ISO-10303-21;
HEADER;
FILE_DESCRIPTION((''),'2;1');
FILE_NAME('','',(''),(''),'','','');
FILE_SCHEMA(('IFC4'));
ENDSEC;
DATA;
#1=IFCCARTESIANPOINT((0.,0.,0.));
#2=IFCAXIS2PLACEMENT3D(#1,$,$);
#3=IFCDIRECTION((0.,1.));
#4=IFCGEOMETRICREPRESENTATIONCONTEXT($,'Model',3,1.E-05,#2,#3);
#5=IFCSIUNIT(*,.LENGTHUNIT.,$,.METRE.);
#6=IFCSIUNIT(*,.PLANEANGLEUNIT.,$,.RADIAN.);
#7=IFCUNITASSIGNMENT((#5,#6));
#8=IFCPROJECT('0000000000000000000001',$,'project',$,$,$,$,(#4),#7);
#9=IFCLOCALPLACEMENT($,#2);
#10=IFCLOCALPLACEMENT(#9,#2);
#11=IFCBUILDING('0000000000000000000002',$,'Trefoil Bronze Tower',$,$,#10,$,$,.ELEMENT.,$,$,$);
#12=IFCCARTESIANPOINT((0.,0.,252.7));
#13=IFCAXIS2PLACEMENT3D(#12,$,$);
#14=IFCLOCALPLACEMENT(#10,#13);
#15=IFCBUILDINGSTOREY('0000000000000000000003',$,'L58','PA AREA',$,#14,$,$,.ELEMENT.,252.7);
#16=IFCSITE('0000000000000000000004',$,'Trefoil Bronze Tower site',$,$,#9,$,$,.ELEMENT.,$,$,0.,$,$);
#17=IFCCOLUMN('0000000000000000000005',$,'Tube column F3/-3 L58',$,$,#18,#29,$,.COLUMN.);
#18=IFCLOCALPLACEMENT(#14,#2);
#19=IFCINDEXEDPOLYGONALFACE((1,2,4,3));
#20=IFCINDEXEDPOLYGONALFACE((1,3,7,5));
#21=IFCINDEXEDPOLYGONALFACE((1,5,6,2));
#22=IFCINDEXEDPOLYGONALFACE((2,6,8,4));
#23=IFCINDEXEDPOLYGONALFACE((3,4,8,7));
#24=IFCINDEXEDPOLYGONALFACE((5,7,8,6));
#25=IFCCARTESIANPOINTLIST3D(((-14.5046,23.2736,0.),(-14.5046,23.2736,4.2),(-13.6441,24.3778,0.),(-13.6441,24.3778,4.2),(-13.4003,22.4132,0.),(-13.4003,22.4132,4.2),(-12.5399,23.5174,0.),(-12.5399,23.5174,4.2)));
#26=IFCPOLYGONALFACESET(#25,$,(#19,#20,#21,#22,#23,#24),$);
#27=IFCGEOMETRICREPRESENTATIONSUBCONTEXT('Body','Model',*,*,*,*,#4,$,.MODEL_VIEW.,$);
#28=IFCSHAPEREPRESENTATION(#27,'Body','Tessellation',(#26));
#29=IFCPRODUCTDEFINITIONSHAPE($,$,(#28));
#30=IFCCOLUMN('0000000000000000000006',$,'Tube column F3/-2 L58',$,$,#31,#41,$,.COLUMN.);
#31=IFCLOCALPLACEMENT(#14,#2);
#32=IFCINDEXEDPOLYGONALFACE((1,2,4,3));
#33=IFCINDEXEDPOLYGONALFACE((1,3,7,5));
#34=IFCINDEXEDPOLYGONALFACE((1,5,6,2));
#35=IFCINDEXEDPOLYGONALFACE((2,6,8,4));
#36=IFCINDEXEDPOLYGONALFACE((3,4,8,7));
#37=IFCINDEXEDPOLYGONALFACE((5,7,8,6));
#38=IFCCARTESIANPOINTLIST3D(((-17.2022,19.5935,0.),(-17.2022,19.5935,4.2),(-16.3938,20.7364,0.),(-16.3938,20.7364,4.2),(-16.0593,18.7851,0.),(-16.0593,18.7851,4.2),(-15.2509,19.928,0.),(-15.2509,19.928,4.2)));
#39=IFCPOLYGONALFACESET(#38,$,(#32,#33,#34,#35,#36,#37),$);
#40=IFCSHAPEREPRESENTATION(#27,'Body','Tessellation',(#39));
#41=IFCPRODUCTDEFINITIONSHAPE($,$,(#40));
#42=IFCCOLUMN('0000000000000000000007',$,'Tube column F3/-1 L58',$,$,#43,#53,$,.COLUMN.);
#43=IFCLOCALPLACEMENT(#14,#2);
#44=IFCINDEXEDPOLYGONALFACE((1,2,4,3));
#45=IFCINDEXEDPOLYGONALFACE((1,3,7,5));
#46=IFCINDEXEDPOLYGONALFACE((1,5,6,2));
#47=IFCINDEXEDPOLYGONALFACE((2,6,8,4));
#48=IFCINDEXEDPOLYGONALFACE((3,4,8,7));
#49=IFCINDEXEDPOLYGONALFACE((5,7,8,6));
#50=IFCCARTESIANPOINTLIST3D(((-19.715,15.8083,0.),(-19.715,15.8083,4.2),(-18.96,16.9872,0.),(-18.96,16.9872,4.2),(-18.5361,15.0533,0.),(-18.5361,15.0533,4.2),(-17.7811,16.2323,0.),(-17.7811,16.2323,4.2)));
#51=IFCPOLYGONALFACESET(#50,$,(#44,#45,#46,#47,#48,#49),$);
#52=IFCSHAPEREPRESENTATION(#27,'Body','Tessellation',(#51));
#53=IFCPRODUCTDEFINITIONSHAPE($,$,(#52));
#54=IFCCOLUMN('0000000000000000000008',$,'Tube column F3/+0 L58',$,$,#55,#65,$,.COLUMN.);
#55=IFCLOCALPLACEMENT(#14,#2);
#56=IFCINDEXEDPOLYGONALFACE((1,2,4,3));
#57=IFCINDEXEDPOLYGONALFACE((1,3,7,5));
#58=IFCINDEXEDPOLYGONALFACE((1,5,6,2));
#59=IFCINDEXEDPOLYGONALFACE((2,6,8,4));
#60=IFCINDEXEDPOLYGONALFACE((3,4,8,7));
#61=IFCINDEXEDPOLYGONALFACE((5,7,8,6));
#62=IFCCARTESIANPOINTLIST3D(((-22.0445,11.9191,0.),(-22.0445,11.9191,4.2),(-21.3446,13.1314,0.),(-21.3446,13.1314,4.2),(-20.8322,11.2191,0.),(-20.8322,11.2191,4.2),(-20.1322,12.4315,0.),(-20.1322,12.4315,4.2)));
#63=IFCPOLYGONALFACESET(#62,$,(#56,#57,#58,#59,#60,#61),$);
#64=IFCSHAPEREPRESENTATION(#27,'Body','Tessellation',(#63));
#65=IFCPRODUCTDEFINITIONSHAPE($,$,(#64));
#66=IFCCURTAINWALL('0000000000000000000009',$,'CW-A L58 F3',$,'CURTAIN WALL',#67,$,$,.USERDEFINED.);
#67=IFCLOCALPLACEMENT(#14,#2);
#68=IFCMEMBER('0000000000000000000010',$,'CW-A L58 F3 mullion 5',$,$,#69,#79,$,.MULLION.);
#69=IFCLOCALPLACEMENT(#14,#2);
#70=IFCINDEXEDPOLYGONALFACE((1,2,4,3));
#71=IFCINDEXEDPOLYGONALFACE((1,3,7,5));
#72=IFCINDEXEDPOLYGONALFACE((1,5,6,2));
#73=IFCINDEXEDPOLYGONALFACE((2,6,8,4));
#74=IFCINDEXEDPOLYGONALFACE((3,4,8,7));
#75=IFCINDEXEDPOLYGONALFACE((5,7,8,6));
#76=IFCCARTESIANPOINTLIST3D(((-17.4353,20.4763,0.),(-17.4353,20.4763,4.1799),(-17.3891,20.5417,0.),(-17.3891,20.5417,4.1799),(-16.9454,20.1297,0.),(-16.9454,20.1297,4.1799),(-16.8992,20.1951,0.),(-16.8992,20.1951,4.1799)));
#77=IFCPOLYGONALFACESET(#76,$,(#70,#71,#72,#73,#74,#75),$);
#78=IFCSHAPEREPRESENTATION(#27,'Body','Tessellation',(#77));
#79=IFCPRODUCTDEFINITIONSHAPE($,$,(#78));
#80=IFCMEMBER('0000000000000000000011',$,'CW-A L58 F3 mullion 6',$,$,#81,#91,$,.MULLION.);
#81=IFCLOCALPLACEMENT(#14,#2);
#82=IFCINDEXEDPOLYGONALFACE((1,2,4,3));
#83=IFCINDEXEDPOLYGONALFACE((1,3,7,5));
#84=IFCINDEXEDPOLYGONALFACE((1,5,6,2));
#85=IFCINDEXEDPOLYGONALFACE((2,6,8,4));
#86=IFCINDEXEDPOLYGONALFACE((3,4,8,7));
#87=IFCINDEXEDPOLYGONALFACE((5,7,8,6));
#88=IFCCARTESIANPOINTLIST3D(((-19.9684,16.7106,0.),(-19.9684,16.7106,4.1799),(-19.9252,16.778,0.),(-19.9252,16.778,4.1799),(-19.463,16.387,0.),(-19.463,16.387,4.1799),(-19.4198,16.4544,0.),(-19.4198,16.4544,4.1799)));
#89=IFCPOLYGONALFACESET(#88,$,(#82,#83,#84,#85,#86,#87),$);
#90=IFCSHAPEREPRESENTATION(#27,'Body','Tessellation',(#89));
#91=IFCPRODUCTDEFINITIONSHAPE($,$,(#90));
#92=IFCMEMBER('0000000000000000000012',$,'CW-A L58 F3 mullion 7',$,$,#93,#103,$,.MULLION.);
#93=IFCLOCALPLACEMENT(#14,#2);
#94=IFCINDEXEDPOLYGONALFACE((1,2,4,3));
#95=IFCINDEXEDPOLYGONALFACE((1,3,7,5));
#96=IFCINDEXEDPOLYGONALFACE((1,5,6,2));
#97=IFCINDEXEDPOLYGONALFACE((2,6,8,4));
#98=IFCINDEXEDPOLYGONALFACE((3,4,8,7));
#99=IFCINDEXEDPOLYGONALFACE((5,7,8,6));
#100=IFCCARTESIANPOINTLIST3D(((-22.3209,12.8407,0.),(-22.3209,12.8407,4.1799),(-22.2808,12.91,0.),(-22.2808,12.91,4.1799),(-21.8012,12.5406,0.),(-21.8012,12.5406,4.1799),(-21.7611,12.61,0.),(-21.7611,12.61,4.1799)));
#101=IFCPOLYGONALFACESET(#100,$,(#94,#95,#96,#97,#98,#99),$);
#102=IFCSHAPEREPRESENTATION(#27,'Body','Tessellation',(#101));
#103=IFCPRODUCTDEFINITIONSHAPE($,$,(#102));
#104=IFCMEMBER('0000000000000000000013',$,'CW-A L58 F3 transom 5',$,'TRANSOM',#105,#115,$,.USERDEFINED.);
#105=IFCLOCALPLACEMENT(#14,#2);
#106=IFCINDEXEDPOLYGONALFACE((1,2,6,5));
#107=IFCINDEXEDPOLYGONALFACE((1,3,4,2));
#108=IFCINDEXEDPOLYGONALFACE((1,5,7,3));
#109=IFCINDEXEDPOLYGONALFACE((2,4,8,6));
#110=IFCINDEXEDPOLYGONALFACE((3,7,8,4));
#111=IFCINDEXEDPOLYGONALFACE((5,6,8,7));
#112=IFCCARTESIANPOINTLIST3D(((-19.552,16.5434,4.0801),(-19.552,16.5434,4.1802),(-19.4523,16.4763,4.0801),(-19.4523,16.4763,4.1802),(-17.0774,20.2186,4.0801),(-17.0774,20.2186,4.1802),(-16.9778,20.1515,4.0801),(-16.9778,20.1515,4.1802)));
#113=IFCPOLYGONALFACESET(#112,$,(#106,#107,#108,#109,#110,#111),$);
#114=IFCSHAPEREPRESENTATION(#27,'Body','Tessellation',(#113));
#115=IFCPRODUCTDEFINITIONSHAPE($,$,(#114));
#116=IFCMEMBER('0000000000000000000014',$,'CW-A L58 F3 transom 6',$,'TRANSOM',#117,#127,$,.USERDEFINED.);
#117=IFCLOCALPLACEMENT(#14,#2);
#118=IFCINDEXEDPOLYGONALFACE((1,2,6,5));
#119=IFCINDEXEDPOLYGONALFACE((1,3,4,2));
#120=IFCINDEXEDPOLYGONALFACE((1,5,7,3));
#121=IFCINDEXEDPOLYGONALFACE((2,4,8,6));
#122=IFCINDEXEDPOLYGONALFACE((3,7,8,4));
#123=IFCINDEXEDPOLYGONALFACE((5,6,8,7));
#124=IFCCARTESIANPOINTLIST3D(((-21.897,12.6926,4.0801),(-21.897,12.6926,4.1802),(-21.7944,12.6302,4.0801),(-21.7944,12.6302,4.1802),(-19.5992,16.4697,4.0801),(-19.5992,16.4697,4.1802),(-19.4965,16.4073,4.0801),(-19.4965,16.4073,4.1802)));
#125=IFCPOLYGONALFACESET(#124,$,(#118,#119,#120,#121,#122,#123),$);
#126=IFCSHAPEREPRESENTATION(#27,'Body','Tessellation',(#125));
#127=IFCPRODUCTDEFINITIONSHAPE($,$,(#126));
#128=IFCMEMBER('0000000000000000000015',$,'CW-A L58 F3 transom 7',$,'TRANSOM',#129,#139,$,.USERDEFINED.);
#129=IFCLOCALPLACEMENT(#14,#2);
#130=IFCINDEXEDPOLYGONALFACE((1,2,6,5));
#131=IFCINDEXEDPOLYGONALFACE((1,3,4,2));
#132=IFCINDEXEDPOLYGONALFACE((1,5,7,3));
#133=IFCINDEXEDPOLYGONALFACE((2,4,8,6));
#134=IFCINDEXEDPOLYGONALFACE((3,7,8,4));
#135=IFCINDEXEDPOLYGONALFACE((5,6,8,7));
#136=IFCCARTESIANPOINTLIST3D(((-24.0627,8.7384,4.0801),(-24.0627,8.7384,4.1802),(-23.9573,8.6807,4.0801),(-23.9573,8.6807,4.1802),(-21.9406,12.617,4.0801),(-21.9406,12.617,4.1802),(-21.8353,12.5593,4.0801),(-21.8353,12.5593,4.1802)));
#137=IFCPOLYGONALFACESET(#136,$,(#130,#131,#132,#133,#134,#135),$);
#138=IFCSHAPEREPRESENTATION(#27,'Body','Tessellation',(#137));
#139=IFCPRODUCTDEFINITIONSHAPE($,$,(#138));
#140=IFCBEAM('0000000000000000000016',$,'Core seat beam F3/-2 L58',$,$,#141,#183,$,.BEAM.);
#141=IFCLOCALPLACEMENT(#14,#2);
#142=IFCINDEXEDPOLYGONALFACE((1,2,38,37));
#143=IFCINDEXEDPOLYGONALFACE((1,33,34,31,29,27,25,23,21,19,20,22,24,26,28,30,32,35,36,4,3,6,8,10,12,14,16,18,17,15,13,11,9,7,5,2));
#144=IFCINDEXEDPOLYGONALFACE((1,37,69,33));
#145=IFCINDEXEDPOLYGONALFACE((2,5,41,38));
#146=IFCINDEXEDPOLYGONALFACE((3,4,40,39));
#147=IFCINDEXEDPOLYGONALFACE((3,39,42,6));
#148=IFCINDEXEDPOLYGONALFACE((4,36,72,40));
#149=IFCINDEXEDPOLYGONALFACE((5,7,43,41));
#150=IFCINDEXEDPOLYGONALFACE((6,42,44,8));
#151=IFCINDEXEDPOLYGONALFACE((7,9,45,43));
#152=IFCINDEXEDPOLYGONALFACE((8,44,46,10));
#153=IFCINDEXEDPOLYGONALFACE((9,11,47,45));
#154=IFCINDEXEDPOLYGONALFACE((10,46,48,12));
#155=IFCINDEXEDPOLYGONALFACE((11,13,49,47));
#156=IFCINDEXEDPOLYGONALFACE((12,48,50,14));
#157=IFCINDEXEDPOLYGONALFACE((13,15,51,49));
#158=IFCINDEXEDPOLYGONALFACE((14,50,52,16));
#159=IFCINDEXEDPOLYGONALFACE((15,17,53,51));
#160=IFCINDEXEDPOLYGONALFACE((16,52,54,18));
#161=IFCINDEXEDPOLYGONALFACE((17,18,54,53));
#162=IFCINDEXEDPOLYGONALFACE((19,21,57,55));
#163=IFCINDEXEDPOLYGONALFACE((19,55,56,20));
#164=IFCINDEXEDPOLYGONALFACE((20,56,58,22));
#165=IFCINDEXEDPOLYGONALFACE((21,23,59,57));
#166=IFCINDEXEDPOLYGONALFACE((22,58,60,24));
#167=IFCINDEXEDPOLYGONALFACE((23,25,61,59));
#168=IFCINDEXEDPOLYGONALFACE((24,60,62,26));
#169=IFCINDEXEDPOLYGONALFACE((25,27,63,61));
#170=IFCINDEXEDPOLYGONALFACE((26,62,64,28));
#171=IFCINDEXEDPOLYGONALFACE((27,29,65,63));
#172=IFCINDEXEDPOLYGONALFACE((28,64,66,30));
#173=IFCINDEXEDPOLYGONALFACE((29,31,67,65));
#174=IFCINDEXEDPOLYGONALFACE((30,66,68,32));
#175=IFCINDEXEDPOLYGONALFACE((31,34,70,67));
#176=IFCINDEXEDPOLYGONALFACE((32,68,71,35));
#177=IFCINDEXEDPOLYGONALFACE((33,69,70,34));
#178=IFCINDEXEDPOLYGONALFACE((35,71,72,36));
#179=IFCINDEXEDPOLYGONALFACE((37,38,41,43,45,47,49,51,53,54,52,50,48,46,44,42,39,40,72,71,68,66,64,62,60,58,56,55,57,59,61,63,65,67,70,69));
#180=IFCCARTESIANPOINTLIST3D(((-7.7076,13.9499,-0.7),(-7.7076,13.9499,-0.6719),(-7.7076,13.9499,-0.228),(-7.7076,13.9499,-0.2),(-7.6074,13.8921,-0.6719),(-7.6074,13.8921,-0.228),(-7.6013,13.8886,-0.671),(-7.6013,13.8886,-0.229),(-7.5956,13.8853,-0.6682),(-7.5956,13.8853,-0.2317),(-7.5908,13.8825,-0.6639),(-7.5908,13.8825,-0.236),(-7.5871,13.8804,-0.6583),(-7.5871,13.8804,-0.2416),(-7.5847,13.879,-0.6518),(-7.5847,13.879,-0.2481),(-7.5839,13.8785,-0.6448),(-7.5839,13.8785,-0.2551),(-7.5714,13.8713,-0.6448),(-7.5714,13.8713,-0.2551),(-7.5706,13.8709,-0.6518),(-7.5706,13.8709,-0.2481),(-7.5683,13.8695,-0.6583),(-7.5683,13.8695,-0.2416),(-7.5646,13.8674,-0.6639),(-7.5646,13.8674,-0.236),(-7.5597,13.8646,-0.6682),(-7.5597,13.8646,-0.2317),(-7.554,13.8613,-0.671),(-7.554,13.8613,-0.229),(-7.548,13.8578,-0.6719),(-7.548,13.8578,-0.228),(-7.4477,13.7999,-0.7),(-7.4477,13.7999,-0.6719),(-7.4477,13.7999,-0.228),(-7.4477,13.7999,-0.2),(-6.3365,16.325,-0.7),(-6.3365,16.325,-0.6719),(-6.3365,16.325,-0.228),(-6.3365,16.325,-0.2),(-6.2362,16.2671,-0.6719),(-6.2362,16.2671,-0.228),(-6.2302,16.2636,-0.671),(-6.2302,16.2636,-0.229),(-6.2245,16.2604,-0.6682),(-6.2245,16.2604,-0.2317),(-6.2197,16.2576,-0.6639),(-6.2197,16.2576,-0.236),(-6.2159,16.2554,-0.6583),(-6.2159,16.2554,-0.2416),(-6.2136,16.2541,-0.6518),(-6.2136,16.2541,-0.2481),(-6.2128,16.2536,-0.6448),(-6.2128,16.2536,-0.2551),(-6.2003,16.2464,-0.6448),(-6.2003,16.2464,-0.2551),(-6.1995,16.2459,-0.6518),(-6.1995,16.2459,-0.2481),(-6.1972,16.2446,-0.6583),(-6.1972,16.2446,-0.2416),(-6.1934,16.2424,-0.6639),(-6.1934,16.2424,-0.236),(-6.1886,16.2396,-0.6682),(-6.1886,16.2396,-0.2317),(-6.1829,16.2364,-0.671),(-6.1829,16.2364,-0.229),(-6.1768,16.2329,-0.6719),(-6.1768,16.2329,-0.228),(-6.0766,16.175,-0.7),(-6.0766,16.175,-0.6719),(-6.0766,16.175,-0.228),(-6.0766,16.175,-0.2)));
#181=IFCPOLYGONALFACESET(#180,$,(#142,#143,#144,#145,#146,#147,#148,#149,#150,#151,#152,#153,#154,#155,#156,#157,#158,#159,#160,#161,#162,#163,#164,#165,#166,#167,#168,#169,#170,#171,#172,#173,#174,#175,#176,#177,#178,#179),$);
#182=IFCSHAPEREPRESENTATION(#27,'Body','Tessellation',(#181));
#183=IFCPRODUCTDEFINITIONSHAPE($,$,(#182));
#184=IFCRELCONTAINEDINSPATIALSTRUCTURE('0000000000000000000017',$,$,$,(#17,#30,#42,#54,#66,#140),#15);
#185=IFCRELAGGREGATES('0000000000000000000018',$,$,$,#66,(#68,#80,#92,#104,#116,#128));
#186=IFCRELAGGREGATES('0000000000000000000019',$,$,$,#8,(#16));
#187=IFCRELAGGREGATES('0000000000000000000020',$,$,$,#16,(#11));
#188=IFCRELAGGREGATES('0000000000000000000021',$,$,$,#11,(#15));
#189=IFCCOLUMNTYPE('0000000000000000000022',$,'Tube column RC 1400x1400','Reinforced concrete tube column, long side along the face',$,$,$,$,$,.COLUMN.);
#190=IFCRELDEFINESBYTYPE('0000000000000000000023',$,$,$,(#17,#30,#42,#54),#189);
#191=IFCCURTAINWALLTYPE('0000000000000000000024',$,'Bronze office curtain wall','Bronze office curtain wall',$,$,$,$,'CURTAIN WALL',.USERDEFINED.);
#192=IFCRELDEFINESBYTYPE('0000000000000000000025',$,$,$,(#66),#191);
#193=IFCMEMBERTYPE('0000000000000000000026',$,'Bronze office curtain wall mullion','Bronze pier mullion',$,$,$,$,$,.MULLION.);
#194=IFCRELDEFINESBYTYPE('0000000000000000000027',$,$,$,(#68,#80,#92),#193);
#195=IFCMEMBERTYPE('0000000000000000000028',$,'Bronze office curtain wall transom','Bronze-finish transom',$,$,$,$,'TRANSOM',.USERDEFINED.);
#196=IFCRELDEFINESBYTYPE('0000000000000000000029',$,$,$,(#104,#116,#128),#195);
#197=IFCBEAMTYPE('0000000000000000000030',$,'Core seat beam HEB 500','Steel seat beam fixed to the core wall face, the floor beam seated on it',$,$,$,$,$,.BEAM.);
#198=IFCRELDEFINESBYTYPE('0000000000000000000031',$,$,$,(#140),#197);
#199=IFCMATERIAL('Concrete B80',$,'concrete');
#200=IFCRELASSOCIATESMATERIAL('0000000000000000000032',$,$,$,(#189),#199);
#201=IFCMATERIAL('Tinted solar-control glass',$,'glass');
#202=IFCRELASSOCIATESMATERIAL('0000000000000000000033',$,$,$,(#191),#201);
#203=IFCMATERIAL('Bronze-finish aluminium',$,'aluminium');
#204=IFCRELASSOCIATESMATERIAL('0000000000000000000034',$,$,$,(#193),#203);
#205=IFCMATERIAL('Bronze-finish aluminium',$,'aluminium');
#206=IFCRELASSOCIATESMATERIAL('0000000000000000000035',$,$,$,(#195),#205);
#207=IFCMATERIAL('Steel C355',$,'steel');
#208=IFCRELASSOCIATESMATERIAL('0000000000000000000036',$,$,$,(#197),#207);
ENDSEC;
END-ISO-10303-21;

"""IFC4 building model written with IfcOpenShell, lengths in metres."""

from ifc_helpers import new_model, si_unit, direction, frame, origin, origin_2d, place, context, subcontext, project, spatial, rectangle, i_section, extrude, material, material_profile, profile_set, type_object, element, aggregate, save


model = new_model("IFC4")

# Units and contexts
model_context = context("Model", 3, precision=1e-05, world=origin(), true_north=direction((0.0, 1.0)))
body_context = subcontext(model_context, "Body", "Model", "MODEL_VIEW")
ifc_project = project(units=[si_unit("LENGTHUNIT", "METRE"), si_unit("PLANEANGLEUNIT", "RADIAN")], contexts=[model_context])

# Site, building, storey
site_placement = place(None, origin())
site = spatial("IfcSite", under=ifc_project, at=site_placement, Name="Trefoil Bronze Tower site", CompositionType="ELEMENT", RefElevation=0.0)
building_placement = place(site_placement, origin())
building = spatial("IfcBuilding", under=site, at=building_placement, Name="Trefoil Bronze Tower", CompositionType="ELEMENT")
storey_placement = place(building_placement, frame((0.0, 0.0, 252.7)))
storey = spatial("IfcBuildingStorey", under=building, at=storey_placement, Name="L58", Description="PA AREA", CompositionType="ELEMENT", Elevation=252.7)

# Columns
ifc_material_1 = material(Name="Concrete B80", Category="concrete")
ifc_material_profile_1 = material_profile(ifc_material_1, rectangle(XDim=1.3999, YDim=1.3999, at=origin_2d()), Name="RC 1400x1400")
ifc_profile_set_1 = profile_set([ifc_material_profile_1], Name="Concrete B80")
column_type = type_object("IfcColumnType", Name="Tube column RC 1400x1400", Description="Reinforced concrete tube column, long side along the face", PredefinedType="COLUMN", material=ifc_profile_set_1)
for number, where, z_axis, x_axis, name in (
    (1, (-13.5222, 23.3955, 0.0), (0.0, 0.0, 1.0), (-0.614622, -0.788821, 0.0), "Tube column F3/-3 L58"),
    (2, (-16.2266, 19.7607, 0.0), (0.0, 0.0, 1.0), (-0.577481, -0.816404, 0.0), "Tube column F3/-2 L58"),
    (3, (-18.748, 16.0203, 0.0), (0.0, 0.0, 1.0), (-0.53927, -0.842133, 0.0), "Tube column F3/-1 L58"),
    (4, (-21.0884, 12.1753, 0.0), (0.0, 0.0, 1.0), (-0.5, -0.866025, 0.0), "Tube column F3/+0 L58"),
):
    element("IfcColumn", number, at=place(storey_placement, frame(where, z_axis=z_axis, x_axis=x_axis)), inside=storey, type_object=column_type, Name=name, PredefinedType="COLUMN", context=body_context, shape_type="SweptSolid", body=[
        extrude(rectangle(XDim=1.3999, YDim=1.3999, at=origin_2d()), origin(), (0.0, 0.0, 1.0), 4.2),
    ])

# Curtain wall, members
ifc_material_2 = material(Name="Tinted solar-control glass", Category="glass")
curtain_wall_type = type_object("IfcCurtainWallType", Name="Bronze office curtain wall", Description="Bronze office curtain wall", ElementType="CURTAIN WALL", PredefinedType="USERDEFINED", material=ifc_material_2)
curtain_wall_placement = place(storey_placement, origin())
curtain_wall = element("IfcCurtainWall", 5, at=curtain_wall_placement, inside=storey, type_object=curtain_wall_type, Name="CW-A L58 F3", ObjectType="CURTAIN WALL", PredefinedType="USERDEFINED")
ifc_material_3 = material(Name="Bronze-finish aluminium", Category="aluminium")
ifc_material_profile_2 = material_profile(ifc_material_3, rectangle(XDim=0.6001, YDim=0.0801, at=origin_2d()), Name="CW-A mullion")
ifc_profile_set_2 = profile_set([ifc_material_profile_2], Name="Bronze-finish aluminium")
member_type_1 = type_object("IfcMemberType", Name="Bronze office curtain wall mullion", Description="Bronze pier mullion", PredefinedType="MULLION", material=ifc_profile_set_2)
member_1_placement = place(storey_placement, frame((-17.1672, 20.3357, 0.0), z_axis=(0.0, 0.0, 1.0), x_axis=(0.816404, -0.577481, 0.0)))
member_1 = element("IfcMember", 6, at=member_1_placement, type_object=member_type_1, Name="CW-A L58 F3 mullion 5", PredefinedType="MULLION", context=body_context, shape_type="SweptSolid", body=[
    extrude(rectangle(XDim=0.6001, YDim=0.0801, at=origin_2d()), origin(), (0.0, 0.0, 1.0), 4.1799),
])
member_2_placement = place(storey_placement, frame((-19.6941, 16.5825, 0.0), z_axis=(0.0, 0.0, 1.0), x_axis=(0.842133, -0.53927, 0.0)))
member_2 = element("IfcMember", 7, at=member_2_placement, type_object=member_type_1, Name="CW-A L58 F3 mullion 6", PredefinedType="MULLION", context=body_context, shape_type="SweptSolid", body=[
    extrude(rectangle(XDim=0.6001, YDim=0.0801, at=origin_2d()), origin(), (0.0, 0.0, 1.0), 4.1799),
])
member_3_placement = place(storey_placement, frame((-22.041, 12.7253, 0.0), z_axis=(0.0, 0.0, 1.0), x_axis=(0.866025, -0.5, 0.0)))
member_3 = element("IfcMember", 8, at=member_3_placement, type_object=member_type_1, Name="CW-A L58 F3 mullion 7", PredefinedType="MULLION", context=body_context, shape_type="SweptSolid", body=[
    extrude(rectangle(XDim=0.6001, YDim=0.0801, at=origin_2d()), origin(), (0.0, 0.0, 1.0), 4.1799),
])
ifc_material_4 = material(Name="Bronze-finish aluminium", Category="aluminium")
ifc_material_profile_3 = material_profile(ifc_material_4, rectangle(XDim=0.1201, YDim=0.1001, at=origin_2d()), Name="CW-A transom")
ifc_profile_set_3 = profile_set([ifc_material_profile_3], Name="Bronze-finish aluminium")
member_type_2 = type_object("IfcMemberType", Name="Bronze office curtain wall transom", Description="Bronze-finish transom", ElementType="TRANSOM", PredefinedType="USERDEFINED", material=ifc_profile_set_3)
member_4_placement = place(storey_placement, frame((-17.0276, 20.1851, 4.1301), z_axis=(-0.558509, -0.829498, 0.0), x_axis=(0.829498, -0.558509, 0.0)))
member_4 = element("IfcMember", 9, at=member_4_placement, type_object=member_type_2, Name="CW-A L58 F3 transom 5", ObjectType="TRANSOM", PredefinedType="USERDEFINED", context=body_context, shape_type="SweptSolid", body=[
    extrude(rectangle(XDim=0.1201, YDim=0.1001, at=origin_2d()), origin(), (0.0, 0.0, 1.0), 4.4307),
])
member_5_placement = place(storey_placement, frame((-19.5479, 16.4385, 4.1301), z_axis=(-0.51974, -0.854324, 0.0), x_axis=(0.854324, -0.51974, 0.0)))
member_5 = element("IfcMember", 10, at=member_5_placement, type_object=member_type_2, Name="CW-A L58 F3 transom 6", ObjectType="TRANSOM", PredefinedType="USERDEFINED", context=body_context, shape_type="SweptSolid", body=[
    extrude(rectangle(XDim=0.1201, YDim=0.1001, at=origin_2d()), origin(), (0.0, 0.0, 1.0), 4.4211),
])
member_6_placement = place(storey_placement, frame((-21.8879, 12.5881, 4.1301), z_axis=(-0.479974, -0.877283, 0.0), x_axis=(0.877283, -0.479974, 0.0)))
member_6 = element("IfcMember", 11, at=member_6_placement, type_object=member_type_2, Name="CW-A L58 F3 transom 7", ObjectType="TRANSOM", PredefinedType="USERDEFINED", context=body_context, shape_type="SweptSolid", body=[
    extrude(rectangle(XDim=0.1201, YDim=0.1001, at=origin_2d()), origin(), (0.0, 0.0, 1.0), 4.4211),
])

# Beam
ifc_material_5 = material(Name="Steel C355", Category="steel")
ifc_material_profile_4 = material_profile(ifc_material_5, i_section(OverallWidth=0.3, OverallDepth=0.5, WebThickness=0.0144, FlangeThickness=0.0281, FilletRadius=0.0271, at=origin_2d()), Name="HEB 500")
ifc_profile_set_4 = profile_set([ifc_material_profile_4], Name="Steel C355")
beam_type_1 = type_object("IfcBeamType", Name="Core seat beam HEB 500", Description="Steel seat beam fixed to the core wall face, the floor beam seated on it", PredefinedType="BEAM", material=ifc_profile_set_4)
for number, where, z_axis, x_axis, name in (
    (12, (-6.2065, 16.25, -0.45), (-0.499969, -0.866043, 0.0), (0.866043, -0.499969, 0.0), "Core seat beam F3/-2 L58"),
):
    element("IfcBeam", number, at=place(storey_placement, frame(where, z_axis=z_axis, x_axis=x_axis)), inside=storey, type_object=beam_type_1, Name=name, PredefinedType="BEAM", context=body_context, shape_type="SweptSolid", body=[
        extrude(i_section(OverallWidth=0.3, OverallDepth=0.5, WebThickness=0.0144, FlangeThickness=0.0281, FilletRadius=0.0271, at=origin_2d()), origin(), (0.0, 0.0, 1.0), 2.7424),
    ])

aggregate(curtain_wall, [member_1, member_2, member_3, member_4, member_5, member_6])

save(model, "model.ifc")
